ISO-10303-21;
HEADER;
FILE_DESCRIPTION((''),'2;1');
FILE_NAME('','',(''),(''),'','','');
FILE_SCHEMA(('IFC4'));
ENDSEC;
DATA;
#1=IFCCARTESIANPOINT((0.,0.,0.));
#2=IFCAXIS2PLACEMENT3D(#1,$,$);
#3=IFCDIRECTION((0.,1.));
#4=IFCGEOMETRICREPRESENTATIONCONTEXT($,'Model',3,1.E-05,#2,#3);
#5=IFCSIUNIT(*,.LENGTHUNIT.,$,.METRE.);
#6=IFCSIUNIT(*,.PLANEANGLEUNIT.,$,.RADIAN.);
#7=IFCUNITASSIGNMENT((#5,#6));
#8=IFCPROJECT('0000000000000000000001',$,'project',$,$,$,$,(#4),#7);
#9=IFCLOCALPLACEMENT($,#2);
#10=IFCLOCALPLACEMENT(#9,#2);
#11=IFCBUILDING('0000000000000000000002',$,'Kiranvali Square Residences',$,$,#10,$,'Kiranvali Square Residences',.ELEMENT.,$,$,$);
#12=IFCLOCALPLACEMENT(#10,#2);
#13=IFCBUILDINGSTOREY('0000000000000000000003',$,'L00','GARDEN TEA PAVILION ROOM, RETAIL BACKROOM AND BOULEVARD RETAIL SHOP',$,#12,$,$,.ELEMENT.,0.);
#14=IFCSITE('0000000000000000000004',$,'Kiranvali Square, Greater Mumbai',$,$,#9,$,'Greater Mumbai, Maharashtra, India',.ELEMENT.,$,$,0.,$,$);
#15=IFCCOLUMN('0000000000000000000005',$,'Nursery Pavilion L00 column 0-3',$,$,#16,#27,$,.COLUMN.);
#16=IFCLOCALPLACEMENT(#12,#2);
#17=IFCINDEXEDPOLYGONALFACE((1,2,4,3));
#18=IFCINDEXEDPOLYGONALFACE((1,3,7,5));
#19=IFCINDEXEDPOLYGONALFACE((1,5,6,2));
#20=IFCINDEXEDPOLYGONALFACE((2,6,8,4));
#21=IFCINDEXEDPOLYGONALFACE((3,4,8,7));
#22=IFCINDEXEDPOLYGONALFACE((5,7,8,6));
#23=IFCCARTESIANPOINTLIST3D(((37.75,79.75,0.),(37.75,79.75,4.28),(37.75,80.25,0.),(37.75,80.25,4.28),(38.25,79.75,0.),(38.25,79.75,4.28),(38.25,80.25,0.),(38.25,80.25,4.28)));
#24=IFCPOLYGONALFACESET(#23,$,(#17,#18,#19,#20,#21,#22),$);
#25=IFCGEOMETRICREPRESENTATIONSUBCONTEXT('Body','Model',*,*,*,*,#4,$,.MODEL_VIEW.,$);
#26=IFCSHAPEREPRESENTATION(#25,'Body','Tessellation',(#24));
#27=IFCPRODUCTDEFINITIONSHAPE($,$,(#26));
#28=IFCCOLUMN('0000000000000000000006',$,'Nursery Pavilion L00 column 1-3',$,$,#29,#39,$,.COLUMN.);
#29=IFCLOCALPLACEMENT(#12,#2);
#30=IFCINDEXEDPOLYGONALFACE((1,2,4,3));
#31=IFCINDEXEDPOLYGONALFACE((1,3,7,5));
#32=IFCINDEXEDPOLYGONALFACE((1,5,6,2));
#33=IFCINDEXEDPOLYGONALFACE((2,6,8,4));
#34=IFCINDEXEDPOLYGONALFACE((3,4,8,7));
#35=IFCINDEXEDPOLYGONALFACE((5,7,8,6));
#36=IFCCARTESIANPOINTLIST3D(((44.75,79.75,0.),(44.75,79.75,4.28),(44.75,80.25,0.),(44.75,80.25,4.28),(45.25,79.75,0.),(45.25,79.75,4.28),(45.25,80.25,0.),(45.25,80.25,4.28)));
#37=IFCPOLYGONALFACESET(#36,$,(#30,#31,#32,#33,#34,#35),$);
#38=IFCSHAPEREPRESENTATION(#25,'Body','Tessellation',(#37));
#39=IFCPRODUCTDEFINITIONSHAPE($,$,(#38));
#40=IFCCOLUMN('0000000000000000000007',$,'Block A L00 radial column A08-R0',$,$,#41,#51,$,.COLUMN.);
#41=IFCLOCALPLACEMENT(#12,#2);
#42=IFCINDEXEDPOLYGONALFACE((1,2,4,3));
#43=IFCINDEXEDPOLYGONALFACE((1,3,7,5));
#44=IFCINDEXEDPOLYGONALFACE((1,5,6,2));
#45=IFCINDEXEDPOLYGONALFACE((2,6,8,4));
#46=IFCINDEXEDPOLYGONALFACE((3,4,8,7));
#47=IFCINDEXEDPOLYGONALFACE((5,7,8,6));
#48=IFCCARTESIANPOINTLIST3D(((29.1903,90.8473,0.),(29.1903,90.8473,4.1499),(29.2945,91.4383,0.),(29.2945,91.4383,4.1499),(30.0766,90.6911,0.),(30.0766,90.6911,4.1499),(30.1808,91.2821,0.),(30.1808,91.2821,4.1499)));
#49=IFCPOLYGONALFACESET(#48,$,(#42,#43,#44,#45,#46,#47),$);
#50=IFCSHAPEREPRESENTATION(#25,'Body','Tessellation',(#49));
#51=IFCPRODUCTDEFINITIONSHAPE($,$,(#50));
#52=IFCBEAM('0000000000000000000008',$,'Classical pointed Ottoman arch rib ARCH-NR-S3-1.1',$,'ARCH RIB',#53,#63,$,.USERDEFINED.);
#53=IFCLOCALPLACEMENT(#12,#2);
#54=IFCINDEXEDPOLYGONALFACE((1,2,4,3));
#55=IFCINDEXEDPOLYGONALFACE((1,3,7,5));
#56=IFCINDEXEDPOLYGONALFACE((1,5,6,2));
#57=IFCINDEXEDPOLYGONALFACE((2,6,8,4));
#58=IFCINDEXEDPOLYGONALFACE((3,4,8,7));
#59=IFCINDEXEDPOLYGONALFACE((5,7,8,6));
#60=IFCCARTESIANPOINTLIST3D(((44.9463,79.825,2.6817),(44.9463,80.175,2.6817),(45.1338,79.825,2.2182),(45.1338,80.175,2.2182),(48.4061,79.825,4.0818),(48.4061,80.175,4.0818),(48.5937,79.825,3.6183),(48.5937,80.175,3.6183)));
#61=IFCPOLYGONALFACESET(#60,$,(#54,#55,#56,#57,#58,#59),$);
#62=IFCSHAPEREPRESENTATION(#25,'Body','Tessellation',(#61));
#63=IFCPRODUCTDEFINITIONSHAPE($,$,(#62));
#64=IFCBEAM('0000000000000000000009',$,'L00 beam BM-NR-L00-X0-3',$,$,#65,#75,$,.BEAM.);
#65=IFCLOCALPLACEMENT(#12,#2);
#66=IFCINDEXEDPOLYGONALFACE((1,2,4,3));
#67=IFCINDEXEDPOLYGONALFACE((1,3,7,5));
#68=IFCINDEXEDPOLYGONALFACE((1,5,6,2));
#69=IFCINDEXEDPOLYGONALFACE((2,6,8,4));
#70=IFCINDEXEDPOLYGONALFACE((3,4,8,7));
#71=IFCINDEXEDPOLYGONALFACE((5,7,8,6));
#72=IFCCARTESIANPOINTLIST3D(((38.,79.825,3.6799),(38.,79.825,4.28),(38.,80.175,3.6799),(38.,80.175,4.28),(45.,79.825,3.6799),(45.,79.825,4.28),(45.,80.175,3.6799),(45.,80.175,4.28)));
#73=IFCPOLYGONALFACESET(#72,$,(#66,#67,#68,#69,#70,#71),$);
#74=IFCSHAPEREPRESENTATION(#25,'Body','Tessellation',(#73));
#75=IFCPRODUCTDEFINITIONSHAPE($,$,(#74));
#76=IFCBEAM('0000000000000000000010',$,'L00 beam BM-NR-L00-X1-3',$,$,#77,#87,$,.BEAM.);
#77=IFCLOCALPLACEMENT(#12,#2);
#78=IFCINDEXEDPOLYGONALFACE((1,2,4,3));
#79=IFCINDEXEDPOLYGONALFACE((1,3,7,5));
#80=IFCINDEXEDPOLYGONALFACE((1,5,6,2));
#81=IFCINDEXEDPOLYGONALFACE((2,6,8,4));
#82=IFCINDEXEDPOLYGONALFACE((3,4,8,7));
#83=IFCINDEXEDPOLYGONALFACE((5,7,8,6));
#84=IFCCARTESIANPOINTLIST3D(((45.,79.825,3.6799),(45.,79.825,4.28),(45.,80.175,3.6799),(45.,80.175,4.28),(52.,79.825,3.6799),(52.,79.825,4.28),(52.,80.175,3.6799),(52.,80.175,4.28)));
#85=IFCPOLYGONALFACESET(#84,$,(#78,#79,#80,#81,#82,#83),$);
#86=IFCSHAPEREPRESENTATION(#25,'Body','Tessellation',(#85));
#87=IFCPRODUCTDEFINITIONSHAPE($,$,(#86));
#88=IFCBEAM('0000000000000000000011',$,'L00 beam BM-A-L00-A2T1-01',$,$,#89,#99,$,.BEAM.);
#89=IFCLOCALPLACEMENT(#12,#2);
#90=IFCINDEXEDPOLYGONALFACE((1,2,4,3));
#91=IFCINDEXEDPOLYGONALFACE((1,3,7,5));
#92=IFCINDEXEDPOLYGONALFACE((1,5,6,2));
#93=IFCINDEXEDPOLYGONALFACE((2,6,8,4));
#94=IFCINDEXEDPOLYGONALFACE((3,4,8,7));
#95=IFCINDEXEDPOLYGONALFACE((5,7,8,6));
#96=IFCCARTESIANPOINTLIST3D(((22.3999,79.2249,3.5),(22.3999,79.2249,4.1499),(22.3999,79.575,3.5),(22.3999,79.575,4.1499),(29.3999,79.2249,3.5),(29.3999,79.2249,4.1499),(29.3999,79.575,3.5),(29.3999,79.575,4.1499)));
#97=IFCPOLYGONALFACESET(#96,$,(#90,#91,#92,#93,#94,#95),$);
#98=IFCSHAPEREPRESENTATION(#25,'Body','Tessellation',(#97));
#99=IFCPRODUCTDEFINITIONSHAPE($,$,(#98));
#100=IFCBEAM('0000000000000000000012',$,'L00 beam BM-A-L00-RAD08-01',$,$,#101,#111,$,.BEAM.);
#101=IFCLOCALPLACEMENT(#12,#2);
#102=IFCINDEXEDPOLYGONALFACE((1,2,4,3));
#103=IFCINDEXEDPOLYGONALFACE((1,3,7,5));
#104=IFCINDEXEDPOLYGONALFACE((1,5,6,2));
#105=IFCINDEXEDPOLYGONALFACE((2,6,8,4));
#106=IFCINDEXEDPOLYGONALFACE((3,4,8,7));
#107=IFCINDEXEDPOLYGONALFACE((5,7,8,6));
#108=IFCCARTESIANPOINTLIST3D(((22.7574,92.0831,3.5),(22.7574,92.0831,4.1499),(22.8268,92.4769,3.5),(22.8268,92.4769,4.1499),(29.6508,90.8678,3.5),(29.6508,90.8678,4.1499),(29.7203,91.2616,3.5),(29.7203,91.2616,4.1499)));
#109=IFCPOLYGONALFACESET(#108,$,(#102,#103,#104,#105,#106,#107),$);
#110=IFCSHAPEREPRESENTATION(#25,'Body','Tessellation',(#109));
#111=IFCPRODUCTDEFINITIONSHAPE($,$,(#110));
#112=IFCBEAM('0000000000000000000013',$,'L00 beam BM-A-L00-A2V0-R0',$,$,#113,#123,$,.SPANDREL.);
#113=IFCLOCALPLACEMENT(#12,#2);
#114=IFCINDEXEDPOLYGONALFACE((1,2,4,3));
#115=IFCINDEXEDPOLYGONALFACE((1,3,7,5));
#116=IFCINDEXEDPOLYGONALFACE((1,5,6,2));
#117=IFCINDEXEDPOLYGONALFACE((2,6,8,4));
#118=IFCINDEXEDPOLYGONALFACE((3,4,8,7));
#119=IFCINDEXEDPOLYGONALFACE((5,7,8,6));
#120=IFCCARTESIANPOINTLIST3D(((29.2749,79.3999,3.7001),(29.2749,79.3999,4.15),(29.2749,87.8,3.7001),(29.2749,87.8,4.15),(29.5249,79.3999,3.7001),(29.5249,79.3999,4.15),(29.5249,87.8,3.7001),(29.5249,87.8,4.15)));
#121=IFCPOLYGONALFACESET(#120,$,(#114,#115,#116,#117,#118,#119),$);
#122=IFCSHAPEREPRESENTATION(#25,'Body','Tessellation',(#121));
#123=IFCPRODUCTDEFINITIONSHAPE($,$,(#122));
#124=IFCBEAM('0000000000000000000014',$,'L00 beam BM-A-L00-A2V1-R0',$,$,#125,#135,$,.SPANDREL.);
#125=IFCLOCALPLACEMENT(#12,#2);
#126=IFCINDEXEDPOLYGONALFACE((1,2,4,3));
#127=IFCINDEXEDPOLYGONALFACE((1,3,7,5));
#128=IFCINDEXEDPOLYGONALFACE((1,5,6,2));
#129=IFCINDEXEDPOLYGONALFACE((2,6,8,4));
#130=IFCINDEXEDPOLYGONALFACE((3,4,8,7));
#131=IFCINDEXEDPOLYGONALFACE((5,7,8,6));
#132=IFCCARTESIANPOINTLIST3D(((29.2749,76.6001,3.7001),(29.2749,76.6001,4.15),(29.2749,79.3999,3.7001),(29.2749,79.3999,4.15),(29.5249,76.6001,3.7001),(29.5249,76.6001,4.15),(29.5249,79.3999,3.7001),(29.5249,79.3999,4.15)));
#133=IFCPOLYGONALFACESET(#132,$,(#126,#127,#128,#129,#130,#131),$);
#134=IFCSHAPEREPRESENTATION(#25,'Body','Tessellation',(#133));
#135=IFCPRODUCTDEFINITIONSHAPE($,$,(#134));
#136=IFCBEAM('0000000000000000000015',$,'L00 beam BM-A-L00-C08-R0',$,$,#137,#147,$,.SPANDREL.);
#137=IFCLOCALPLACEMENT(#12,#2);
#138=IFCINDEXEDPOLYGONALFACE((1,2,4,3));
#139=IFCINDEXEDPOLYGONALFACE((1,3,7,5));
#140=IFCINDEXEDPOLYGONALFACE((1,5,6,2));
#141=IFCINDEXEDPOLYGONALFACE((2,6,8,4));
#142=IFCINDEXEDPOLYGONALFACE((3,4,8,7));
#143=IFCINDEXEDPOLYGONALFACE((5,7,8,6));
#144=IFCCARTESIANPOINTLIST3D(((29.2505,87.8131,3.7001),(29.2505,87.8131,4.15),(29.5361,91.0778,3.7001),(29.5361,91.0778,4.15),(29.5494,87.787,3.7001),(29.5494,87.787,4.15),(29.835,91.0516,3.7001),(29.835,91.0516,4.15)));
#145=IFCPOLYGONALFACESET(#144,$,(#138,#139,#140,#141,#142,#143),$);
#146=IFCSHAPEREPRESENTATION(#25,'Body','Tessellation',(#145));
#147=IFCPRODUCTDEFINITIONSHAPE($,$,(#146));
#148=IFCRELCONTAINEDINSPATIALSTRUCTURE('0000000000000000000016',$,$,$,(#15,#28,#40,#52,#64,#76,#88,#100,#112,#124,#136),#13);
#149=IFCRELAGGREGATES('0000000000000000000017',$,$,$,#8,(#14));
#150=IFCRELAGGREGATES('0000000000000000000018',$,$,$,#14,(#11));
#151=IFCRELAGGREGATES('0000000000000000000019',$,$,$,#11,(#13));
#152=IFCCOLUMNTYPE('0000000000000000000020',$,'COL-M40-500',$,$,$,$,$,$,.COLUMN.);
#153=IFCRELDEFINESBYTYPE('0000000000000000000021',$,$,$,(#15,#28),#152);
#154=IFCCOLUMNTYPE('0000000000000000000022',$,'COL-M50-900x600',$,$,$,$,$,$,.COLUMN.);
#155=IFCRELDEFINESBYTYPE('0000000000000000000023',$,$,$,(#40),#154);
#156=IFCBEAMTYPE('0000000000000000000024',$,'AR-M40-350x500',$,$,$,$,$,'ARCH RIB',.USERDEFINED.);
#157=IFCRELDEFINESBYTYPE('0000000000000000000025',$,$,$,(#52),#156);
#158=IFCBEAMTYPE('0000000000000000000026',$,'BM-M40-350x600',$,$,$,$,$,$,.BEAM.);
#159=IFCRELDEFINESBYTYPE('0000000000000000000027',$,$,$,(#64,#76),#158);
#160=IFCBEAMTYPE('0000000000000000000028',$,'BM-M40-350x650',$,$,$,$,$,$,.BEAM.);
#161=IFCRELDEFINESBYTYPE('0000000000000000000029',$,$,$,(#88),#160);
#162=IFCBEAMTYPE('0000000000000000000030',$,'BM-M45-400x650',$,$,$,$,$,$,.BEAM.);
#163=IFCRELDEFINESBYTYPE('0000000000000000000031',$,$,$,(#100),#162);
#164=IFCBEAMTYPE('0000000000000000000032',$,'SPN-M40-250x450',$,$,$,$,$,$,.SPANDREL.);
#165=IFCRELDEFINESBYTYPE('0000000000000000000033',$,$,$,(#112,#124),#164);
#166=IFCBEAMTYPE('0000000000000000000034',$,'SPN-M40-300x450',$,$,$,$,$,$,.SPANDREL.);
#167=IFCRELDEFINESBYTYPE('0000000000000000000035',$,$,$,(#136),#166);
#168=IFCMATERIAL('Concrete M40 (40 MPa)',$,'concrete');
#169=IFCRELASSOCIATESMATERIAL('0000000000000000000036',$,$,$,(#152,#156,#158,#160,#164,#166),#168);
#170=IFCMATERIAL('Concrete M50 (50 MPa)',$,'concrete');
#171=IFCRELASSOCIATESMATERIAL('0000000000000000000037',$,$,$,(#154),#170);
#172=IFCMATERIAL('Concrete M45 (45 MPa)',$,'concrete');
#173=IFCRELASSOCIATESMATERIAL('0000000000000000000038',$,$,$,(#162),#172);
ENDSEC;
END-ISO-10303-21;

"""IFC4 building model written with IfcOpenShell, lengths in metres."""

from ifc_helpers import new_model, si_unit, direction, frame, origin, origin_2d, place, context, subcontext, project, spatial, rectangle, extrude, material, material_profile, profile_set, type_object, element, save


model = new_model("IFC4")

# Units and contexts
model_context = context("Model", 3, precision=1e-05, world=origin(), true_north=direction((0.0, 1.0)))
body_context = subcontext(model_context, "Body", "Model", "MODEL_VIEW")
ifc_project = project(units=[si_unit("LENGTHUNIT", "METRE"), si_unit("PLANEANGLEUNIT", "RADIAN")], contexts=[model_context])

# Site, building, storey
site_placement = place(None, origin())
site = spatial("IfcSite", under=ifc_project, at=site_placement, Name="Kiranvali Square, Greater Mumbai", LongName="Greater Mumbai, Maharashtra, India", CompositionType="ELEMENT", RefElevation=0.0)
building_placement = place(site_placement, origin())
building = spatial("IfcBuilding", under=site, at=building_placement, Name="Kiranvali Square Residences", LongName="Kiranvali Square Residences", CompositionType="ELEMENT")
storey_placement = place(building_placement, origin())
storey = spatial("IfcBuildingStorey", under=building, at=storey_placement, Name="L00", Description="GARDEN TEA PAVILION ROOM, RETAIL BACKROOM AND BOULEVARD RETAIL SHOP", CompositionType="ELEMENT", Elevation=0.0)

# Columns
ifc_material_1 = material(Name="Concrete M40 (40 MPa)", Category="concrete")
ifc_material_profile_1 = material_profile(ifc_material_1, rectangle(XDim=0.5, YDim=0.5, at=origin_2d()), Name="RC 500x500")
ifc_profile_set_1 = profile_set([ifc_material_profile_1], Name="Concrete M40 (40 MPa)")
column_type_1 = type_object("IfcColumnType", Name="COL-M40-500", PredefinedType="COLUMN", material=ifc_profile_set_1)
for number, where, z_axis, x_axis, name in (
    (1, (38.0, 80.0, 0.0), (0.0, 0.0, 1.0), (1.0, 0.0, 0.0), "Nursery Pavilion L00 column 0-3"),
    (2, (45.0, 80.0, 0.0), (0.0, 0.0, 1.0), (1.0, 0.0, 0.0), "Nursery Pavilion L00 column 1-3"),
):
    element("IfcColumn", number, at=place(storey_placement, frame(where, z_axis=z_axis, x_axis=x_axis)), inside=storey, type_object=column_type_1, Name=name, PredefinedType="COLUMN", context=body_context, shape_type="SweptSolid", body=[
        extrude(rectangle(XDim=0.5, YDim=0.5, at=origin_2d()), origin(), (0.0, 0.0, 1.0), 4.28),
    ])
ifc_material_2 = material(Name="Concrete M50 (50 MPa)", Category="concrete")
ifc_material_profile_2 = material_profile(ifc_material_2, rectangle(XDim=0.6001, YDim=0.8999, at=origin_2d()), Name="RC 900x600")
ifc_profile_set_2 = profile_set([ifc_material_profile_2], Name="Concrete M50 (50 MPa)")
column_type_2 = type_object("IfcColumnType", Name="COL-M50-900x600", PredefinedType="COLUMN", material=ifc_profile_set_2)
column_placement = place(storey_placement, frame((29.6855, 91.0647, 0.0), z_axis=(0.0, 0.0, 1.0), x_axis=(0.173648, 0.984808, 0.0)))
element("IfcColumn", 3, at=column_placement, inside=storey, type_object=column_type_2, Name="Block A L00 radial column A08-R0", PredefinedType="COLUMN", context=body_context, shape_type="SweptSolid", body=[
    extrude(rectangle(XDim=0.6001, YDim=0.8999, at=origin_2d()), origin(), (0.0, 0.0, 1.0), 4.1499),
])

# Beams
ifc_material_profile_3 = material_profile(ifc_material_1, rectangle(XDim=0.3501, YDim=0.5, at=origin_2d()), Name="RC 350x500")
ifc_profile_set_3 = profile_set([ifc_material_profile_3], Name="Concrete M40 (40 MPa)")
beam_type_1 = type_object("IfcBeamType", Name="AR-M40-350x500", ElementType="ARCH RIB", PredefinedType="USERDEFINED", material=ifc_profile_set_3)
beam_1_placement = place(storey_placement, frame((45.04, 80.0, 2.45), z_axis=(0.926976, 0.0, 0.37512), x_axis=(0.0, 1.0, 0.0)))
element("IfcBeam", 4, at=beam_1_placement, inside=storey, type_object=beam_type_1, Name="Classical pointed Ottoman arch rib ARCH-NR-S3-1.1", ObjectType="ARCH RIB", PredefinedType="USERDEFINED", context=body_context, shape_type="SweptSolid", body=[
    extrude(rectangle(XDim=0.3501, YDim=0.5, at=origin_2d()), origin(), (0.0, 0.0, 1.0), 3.7324),
])
ifc_material_profile_4 = material_profile(ifc_material_1, rectangle(XDim=0.3501, YDim=0.6001, at=origin_2d()), Name="RC 350x600")
ifc_profile_set_4 = profile_set([ifc_material_profile_4], Name="Concrete M40 (40 MPa)")
beam_type_2 = type_object("IfcBeamType", Name="BM-M40-350x600", PredefinedType="BEAM", material=ifc_profile_set_4)
for number, where, z_axis, x_axis, name in (
    (5, (38.0, 80.0, 3.98), (1.0, 0.0, 0.0), (0.0, 1.0, 0.0), "L00 beam BM-NR-L00-X0-3"),
    (6, (45.0, 80.0, 3.98), (1.0, 0.0, 0.0), (0.0, 1.0, 0.0), "L00 beam BM-NR-L00-X1-3"),
):
    element("IfcBeam", number, at=place(storey_placement, frame(where, z_axis=z_axis, x_axis=x_axis)), inside=storey, type_object=beam_type_2, Name=name, PredefinedType="BEAM", context=body_context, shape_type="SweptSolid", body=[
        extrude(rectangle(XDim=0.3501, YDim=0.6001, at=origin_2d()), origin(), (0.0, 0.0, 1.0), 7.0),
    ])
ifc_material_profile_5 = material_profile(ifc_material_1, rectangle(XDim=0.3501, YDim=0.6499, at=origin_2d()), Name="RC 350x650")
ifc_profile_set_5 = profile_set([ifc_material_profile_5], Name="Concrete M40 (40 MPa)")
beam_type_3 = type_object("IfcBeamType", Name="BM-M40-350x650", PredefinedType="BEAM", material=ifc_profile_set_5)
beam_2_placement = place(storey_placement, frame((29.3999, 79.3999, 3.825), z_axis=(-1.0, 0.0, 0.0), x_axis=(0.0, -1.0, 0.0)))
element("IfcBeam", 7, at=beam_2_placement, inside=storey, type_object=beam_type_3, Name="L00 beam BM-A-L00-A2T1-01", PredefinedType="BEAM", context=body_context, shape_type="SweptSolid", body=[
    extrude(rectangle(XDim=0.3501, YDim=0.6499, at=origin_2d()), origin(), (0.0, 0.0, 1.0), 7.0),
])
ifc_material_3 = material(Name="Concrete M45 (45 MPa)", Category="concrete")
ifc_material_profile_6 = material_profile(ifc_material_3, rectangle(XDim=0.3999, YDim=0.6499, at=origin_2d()), Name="RC 400x650")
ifc_profile_set_6 = profile_set([ifc_material_profile_6], Name="Concrete M45 (45 MPa)")
beam_type_4 = type_object("IfcBeamType", Name="BM-M45-400x650", PredefinedType="BEAM", material=ifc_profile_set_6)
beam_3_placement = place(storey_placement, frame((29.6855, 91.0647, 3.825), z_axis=(-0.984812, 0.173622, 0.0), x_axis=(-0.173622, -0.984812, 0.0)))
element("IfcBeam", 8, at=beam_3_placement, inside=storey, type_object=beam_type_4, Name="L00 beam BM-A-L00-RAD08-01", PredefinedType="BEAM", context=body_context, shape_type="SweptSolid", body=[
    extrude(rectangle(XDim=0.3999, YDim=0.6499, at=origin_2d()), origin(), (0.0, 0.0, 1.0), 6.9998),
])
ifc_material_profile_7 = material_profile(ifc_material_1, rectangle(XDim=0.25, YDim=0.45, at=origin_2d()), Name="RC 250x450")
ifc_profile_set_7 = profile_set([ifc_material_profile_7], Name="Concrete M40 (40 MPa)")
beam_type_5 = type_object("IfcBeamType", Name="SPN-M40-250x450", PredefinedType="SPANDREL", material=ifc_profile_set_7)
beam_4_placement = place(storey_placement, frame((29.3999, 87.8, 3.925), z_axis=(0.0, -1.0, 0.0), x_axis=(1.0, 0.0, 0.0)))
element("IfcBeam", 9, at=beam_4_placement, inside=storey, type_object=beam_type_5, Name="L00 beam BM-A-L00-A2V0-R0", PredefinedType="SPANDREL", context=body_context, shape_type="SweptSolid", body=[
    extrude(rectangle(XDim=0.25, YDim=0.45, at=origin_2d()), origin(), (0.0, 0.0, 1.0), 8.4001),
])
beam_5_placement = place(storey_placement, frame((29.3999, 79.3999, 3.925), z_axis=(0.0, -1.0, 0.0), x_axis=(1.0, 0.0, 0.0)))
element("IfcBeam", 10, at=beam_5_placement, inside=storey, type_object=beam_type_5, Name="L00 beam BM-A-L00-A2V1-R0", PredefinedType="SPANDREL", context=body_context, shape_type="SweptSolid", body=[
    extrude(rectangle(XDim=0.25, YDim=0.45, at=origin_2d()), origin(), (0.0, 0.0, 1.0), 2.7998),
])
ifc_material_profile_8 = material_profile(ifc_material_1, rectangle(XDim=0.3, YDim=0.45, at=origin_2d()), Name="RC 300x450")
ifc_profile_set_8 = profile_set([ifc_material_profile_8], Name="Concrete M40 (40 MPa)")
beam_type_6 = type_object("IfcBeamType", Name="SPN-M40-300x450", PredefinedType="SPANDREL", material=ifc_profile_set_8)
beam_6_placement = place(storey_placement, frame((29.6855, 91.0647, 3.925), z_axis=(-0.087163, -0.996194, 0.0), x_axis=(0.996194, -0.087163, 0.0)))
element("IfcBeam", 11, at=beam_6_placement, inside=storey, type_object=beam_type_6, Name="L00 beam BM-A-L00-C08-R0", PredefinedType="SPANDREL", context=body_context, shape_type="SweptSolid", body=[
    extrude(rectangle(XDim=0.3, YDim=0.45, at=origin_2d()), origin(), (0.0, 0.0, 1.0), 3.2771),
])

save(model, "model.ifc")
